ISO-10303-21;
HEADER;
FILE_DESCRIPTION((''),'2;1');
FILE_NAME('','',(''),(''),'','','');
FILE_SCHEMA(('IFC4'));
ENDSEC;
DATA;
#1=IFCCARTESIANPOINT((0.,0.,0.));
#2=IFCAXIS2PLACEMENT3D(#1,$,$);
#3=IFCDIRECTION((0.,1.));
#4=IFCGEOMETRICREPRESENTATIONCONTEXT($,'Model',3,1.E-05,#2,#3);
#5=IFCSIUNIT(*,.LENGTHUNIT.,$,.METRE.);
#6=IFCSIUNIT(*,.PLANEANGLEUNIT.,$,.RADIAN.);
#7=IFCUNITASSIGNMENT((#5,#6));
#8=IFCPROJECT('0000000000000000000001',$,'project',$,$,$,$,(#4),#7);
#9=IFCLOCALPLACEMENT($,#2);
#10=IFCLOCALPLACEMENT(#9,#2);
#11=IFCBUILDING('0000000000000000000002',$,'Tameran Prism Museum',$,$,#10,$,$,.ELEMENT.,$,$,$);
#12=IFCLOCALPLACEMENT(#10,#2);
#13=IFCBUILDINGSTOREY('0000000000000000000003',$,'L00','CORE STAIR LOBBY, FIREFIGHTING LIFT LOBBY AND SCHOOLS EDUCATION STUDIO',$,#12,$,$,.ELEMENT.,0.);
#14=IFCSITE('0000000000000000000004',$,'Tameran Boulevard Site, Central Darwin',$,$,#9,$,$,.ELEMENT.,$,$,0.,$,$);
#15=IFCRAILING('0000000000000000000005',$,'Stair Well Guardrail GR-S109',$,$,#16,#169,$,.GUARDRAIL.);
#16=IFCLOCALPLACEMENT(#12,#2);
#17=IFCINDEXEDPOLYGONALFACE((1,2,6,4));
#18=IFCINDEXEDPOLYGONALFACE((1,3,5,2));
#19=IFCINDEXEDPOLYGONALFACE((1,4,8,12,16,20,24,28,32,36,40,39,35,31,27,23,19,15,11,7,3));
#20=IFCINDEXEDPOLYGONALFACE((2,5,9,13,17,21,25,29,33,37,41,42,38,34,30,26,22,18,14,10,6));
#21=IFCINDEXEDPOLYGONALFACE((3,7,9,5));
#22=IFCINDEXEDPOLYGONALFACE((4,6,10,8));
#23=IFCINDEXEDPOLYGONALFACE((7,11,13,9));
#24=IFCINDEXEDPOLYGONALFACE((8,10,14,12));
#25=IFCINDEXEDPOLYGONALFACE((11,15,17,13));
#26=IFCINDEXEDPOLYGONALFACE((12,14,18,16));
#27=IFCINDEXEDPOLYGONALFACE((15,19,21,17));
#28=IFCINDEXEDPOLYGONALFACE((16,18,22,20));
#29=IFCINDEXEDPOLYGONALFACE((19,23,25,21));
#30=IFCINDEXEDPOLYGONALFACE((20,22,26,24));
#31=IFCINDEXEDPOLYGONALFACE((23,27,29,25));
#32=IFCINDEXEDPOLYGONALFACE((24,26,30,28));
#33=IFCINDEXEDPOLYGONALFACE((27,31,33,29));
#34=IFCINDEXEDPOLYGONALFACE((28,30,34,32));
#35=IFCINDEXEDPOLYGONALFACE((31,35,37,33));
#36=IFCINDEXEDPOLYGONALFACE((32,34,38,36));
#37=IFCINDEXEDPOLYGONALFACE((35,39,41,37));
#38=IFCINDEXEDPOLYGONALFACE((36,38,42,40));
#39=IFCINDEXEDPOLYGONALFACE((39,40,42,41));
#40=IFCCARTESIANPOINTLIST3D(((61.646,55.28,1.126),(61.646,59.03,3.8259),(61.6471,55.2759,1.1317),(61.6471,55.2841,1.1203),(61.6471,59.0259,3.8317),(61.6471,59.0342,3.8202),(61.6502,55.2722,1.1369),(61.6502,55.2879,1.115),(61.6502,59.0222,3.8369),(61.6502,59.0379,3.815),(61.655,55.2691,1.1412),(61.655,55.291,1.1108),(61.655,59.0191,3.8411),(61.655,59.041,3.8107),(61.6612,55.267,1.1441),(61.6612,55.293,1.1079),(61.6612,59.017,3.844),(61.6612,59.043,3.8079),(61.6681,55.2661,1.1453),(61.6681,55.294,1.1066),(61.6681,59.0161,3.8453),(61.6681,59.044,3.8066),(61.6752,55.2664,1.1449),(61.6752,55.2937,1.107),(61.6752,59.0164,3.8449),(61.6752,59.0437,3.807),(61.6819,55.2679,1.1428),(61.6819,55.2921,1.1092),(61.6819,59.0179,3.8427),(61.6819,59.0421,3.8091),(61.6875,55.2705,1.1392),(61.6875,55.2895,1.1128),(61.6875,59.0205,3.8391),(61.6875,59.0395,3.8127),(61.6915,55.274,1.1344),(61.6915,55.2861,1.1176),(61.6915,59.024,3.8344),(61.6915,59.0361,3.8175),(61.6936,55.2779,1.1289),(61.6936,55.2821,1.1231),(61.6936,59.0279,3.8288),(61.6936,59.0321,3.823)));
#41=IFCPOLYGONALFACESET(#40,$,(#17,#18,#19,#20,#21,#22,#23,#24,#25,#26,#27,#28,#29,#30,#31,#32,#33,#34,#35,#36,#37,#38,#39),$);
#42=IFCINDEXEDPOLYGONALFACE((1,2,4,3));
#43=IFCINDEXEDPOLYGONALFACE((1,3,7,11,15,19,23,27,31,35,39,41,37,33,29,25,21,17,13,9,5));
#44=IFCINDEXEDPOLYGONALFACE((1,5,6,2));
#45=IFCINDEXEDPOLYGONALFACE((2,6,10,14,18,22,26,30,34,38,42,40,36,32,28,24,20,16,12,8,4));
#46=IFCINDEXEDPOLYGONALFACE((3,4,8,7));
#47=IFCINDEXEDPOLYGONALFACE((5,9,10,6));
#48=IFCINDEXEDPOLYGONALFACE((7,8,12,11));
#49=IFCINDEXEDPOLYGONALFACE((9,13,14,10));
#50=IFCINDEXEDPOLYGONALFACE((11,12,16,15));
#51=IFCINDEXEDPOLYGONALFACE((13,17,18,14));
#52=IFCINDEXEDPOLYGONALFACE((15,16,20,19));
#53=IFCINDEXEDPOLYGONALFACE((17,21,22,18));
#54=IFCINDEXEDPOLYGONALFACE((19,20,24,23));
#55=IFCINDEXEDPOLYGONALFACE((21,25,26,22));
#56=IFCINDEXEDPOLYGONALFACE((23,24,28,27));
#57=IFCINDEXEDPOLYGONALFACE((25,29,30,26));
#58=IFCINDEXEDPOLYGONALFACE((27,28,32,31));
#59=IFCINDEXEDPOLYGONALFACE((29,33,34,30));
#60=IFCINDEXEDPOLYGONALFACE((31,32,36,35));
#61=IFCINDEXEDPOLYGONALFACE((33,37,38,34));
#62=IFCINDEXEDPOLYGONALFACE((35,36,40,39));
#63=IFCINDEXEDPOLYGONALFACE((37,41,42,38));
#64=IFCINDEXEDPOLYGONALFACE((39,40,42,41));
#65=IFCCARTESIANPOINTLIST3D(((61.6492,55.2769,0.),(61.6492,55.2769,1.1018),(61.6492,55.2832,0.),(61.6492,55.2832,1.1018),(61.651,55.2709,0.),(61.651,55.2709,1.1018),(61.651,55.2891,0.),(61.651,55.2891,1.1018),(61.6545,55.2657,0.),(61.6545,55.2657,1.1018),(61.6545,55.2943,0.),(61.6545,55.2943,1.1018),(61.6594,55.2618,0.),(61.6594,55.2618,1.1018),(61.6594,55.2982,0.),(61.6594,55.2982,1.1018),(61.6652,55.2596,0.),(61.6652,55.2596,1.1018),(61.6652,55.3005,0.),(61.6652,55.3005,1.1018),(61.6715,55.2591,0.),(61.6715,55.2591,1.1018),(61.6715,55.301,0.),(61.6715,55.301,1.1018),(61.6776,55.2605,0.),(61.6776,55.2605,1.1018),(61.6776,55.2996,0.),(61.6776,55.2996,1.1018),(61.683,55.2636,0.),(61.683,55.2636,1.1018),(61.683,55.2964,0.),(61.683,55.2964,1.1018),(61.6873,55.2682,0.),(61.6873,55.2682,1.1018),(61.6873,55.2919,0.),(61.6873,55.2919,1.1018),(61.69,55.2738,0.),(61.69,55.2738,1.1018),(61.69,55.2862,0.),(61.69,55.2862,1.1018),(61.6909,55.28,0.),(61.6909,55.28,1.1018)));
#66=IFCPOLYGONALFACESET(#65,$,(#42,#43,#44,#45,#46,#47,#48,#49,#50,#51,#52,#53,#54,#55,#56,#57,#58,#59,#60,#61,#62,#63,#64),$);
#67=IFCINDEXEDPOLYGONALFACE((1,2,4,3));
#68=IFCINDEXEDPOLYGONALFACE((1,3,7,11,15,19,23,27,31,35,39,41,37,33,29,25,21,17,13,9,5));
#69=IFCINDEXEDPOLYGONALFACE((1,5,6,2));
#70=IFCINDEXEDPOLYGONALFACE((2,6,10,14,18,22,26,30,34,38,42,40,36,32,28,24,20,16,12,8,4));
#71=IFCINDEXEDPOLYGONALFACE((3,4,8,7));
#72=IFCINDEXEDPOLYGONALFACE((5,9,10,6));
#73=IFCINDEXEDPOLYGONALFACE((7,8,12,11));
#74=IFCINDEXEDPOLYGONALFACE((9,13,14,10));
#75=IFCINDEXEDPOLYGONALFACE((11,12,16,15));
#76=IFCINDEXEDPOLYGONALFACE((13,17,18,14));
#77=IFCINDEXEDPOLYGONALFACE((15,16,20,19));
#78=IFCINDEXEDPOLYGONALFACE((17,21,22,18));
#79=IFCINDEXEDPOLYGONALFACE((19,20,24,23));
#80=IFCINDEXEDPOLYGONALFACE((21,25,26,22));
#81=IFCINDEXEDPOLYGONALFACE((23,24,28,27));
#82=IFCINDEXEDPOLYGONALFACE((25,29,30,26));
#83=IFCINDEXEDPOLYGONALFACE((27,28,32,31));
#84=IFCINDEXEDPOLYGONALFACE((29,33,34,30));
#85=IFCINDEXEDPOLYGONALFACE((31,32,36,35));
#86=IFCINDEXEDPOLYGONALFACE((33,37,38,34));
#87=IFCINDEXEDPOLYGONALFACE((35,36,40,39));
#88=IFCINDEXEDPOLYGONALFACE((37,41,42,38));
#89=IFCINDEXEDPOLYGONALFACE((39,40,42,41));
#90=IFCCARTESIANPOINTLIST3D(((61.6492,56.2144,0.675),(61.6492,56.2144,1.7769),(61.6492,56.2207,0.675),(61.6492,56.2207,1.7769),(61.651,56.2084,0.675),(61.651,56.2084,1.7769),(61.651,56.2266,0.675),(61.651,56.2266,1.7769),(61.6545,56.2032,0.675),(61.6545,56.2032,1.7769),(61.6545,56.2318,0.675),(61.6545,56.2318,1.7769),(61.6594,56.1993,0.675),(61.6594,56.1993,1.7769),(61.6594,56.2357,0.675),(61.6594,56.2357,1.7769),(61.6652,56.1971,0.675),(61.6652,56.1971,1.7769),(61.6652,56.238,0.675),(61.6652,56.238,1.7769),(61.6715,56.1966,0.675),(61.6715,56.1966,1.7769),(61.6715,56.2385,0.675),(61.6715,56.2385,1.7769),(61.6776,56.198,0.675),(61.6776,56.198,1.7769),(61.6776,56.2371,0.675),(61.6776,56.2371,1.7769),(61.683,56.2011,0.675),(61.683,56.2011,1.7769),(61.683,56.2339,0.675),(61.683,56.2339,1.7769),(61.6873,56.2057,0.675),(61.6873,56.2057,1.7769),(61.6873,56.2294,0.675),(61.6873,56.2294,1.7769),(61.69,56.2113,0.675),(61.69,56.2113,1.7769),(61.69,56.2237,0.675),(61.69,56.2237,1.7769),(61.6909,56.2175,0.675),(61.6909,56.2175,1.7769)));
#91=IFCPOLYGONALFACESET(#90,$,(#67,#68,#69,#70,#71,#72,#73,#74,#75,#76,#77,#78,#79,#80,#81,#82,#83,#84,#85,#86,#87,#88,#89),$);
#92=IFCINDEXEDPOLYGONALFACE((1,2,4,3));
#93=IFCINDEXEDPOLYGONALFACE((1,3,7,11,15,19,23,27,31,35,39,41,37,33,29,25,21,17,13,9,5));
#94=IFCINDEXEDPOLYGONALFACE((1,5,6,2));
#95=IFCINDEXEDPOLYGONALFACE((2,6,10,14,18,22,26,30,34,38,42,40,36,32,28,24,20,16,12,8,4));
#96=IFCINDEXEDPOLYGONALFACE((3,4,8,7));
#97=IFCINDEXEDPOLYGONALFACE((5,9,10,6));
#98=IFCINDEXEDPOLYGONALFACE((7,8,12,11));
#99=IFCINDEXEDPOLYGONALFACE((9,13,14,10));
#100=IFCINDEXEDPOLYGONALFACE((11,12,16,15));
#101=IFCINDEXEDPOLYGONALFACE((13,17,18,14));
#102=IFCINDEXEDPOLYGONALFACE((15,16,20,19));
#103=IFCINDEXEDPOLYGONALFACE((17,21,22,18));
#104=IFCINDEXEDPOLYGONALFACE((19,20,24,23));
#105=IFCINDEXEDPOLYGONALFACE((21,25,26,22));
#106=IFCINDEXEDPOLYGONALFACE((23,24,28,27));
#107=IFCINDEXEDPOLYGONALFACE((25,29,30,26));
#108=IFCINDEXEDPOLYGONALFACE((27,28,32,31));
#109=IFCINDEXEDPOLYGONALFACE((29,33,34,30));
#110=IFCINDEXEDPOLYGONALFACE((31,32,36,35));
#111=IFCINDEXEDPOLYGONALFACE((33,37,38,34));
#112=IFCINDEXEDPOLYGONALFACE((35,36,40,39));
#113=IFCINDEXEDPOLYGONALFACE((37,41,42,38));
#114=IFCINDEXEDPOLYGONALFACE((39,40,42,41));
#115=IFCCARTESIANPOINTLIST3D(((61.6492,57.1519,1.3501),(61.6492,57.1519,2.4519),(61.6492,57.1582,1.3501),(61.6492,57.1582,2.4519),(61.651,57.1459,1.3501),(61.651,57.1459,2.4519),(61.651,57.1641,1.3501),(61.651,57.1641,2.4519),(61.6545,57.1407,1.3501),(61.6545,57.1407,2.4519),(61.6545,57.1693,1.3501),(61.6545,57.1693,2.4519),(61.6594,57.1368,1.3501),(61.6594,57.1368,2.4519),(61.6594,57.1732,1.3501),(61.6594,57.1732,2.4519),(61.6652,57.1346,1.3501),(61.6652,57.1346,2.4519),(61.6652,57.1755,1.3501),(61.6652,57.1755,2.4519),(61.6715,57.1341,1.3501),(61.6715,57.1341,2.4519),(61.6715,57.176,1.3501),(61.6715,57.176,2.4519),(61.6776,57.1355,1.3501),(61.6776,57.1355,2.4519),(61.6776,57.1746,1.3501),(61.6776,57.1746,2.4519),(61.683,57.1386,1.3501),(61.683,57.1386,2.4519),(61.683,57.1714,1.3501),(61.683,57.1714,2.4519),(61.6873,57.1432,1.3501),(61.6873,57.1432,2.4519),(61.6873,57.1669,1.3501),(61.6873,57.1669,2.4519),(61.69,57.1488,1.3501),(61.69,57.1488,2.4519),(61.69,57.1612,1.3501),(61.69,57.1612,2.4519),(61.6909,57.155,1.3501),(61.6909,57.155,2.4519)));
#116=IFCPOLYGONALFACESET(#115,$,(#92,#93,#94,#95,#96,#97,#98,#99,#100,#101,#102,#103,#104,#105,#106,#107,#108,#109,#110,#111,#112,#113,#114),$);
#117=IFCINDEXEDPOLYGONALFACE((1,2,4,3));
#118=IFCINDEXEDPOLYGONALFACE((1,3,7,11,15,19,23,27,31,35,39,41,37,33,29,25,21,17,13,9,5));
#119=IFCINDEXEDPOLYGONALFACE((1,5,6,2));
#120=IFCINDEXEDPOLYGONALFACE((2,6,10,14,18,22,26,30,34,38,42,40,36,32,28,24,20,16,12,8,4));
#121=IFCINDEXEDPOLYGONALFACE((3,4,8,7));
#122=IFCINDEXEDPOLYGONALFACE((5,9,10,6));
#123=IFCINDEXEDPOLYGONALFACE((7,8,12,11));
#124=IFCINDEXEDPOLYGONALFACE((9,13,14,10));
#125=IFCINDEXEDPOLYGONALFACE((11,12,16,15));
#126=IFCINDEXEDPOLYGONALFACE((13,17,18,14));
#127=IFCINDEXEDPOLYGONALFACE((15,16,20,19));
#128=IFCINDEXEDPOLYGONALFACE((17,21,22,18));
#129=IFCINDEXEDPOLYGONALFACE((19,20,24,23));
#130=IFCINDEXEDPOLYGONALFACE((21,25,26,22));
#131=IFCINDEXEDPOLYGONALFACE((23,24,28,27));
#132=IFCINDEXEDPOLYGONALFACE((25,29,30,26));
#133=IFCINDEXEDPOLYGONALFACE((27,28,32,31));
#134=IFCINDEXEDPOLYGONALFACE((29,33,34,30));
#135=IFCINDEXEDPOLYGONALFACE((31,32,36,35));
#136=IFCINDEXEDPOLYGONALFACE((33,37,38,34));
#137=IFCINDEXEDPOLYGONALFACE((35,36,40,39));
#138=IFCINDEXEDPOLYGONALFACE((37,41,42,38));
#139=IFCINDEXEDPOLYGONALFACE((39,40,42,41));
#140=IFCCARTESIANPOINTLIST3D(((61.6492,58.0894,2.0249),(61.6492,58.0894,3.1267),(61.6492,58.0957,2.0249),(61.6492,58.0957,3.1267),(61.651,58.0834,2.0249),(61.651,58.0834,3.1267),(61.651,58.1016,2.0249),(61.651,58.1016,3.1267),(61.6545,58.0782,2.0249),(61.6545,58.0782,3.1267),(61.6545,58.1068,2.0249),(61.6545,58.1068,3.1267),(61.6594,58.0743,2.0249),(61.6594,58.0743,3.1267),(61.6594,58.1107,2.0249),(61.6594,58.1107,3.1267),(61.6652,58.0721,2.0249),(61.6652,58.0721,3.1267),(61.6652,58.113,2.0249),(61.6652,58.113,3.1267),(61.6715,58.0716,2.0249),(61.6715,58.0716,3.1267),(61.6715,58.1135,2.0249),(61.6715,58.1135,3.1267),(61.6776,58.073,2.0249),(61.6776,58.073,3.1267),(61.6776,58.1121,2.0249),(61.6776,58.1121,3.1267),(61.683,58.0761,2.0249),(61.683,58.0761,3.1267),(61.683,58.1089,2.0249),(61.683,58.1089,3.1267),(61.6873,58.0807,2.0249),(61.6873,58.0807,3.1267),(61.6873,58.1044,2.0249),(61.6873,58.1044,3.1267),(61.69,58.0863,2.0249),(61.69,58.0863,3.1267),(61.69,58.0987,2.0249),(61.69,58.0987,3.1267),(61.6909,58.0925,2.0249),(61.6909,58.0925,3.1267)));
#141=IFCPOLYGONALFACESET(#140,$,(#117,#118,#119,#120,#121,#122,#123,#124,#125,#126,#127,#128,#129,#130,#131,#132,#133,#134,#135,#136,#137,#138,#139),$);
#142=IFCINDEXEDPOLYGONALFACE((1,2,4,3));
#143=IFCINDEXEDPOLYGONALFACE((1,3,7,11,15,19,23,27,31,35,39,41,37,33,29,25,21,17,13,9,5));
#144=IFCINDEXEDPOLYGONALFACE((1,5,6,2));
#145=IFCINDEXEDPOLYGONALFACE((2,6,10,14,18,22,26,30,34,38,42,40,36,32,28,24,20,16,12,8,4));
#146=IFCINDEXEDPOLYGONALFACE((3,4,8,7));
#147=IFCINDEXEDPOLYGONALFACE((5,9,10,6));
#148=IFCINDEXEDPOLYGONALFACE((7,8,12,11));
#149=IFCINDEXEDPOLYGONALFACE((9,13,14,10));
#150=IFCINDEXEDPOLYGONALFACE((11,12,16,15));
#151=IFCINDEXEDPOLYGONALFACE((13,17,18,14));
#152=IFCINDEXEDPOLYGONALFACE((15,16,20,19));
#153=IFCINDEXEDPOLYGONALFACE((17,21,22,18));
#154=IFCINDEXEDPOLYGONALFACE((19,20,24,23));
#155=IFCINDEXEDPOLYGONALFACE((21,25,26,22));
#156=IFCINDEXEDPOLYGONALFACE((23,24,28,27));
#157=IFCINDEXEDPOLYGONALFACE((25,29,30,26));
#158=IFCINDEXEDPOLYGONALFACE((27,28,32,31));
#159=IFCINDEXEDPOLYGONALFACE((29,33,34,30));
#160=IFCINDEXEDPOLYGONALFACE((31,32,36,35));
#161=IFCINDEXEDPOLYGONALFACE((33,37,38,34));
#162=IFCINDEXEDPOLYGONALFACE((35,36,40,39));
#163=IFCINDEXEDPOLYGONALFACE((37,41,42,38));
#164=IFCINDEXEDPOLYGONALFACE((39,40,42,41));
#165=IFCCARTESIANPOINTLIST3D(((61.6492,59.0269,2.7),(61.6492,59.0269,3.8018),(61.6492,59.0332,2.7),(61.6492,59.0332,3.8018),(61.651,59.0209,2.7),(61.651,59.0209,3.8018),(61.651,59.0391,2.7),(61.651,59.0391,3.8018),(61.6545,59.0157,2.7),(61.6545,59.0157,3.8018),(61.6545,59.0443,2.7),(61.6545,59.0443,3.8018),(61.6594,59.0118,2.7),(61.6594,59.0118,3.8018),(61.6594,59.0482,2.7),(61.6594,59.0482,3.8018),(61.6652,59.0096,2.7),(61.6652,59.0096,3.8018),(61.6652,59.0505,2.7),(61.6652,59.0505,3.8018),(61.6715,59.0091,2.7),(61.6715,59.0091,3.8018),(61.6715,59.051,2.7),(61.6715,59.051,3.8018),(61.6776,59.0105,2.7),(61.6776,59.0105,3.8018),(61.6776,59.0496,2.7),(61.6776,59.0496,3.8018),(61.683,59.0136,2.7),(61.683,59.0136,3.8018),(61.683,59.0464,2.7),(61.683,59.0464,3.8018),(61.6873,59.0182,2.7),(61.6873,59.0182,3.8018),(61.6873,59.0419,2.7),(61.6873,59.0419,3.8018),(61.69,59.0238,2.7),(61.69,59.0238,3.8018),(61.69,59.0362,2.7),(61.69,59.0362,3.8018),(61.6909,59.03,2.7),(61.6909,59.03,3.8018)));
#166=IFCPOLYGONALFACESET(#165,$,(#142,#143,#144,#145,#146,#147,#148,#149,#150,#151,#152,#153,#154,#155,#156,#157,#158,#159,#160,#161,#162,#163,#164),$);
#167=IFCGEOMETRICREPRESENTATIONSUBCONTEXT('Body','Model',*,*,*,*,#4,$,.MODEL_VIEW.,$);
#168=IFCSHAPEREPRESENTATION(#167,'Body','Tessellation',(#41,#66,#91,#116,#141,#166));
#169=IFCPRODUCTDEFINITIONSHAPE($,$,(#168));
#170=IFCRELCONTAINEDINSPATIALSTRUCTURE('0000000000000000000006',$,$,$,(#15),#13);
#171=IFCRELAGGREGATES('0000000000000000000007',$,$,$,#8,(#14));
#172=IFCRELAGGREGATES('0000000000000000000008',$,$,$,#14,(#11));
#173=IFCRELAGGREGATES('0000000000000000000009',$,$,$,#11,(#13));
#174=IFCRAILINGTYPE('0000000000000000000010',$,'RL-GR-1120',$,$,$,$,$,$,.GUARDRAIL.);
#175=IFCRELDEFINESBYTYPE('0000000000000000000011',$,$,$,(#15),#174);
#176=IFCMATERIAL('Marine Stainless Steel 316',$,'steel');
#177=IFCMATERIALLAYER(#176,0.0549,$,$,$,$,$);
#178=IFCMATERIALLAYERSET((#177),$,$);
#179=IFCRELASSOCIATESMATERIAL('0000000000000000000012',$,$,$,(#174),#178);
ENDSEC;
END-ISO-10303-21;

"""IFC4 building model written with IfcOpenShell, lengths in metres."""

from ifc_helpers import new_model, si_unit, direction, frame, origin, origin_2d, place, context, subcontext, project, spatial, circle, extrude, material, layer, layer_set, type_object, element, save


model = new_model("IFC4")

# Units and contexts
model_context = context("Model", 3, precision=1e-05, world=origin(), true_north=direction((0.0, 1.0)))
body_context = subcontext(model_context, "Body", "Model", "MODEL_VIEW")
ifc_project = project(units=[si_unit("LENGTHUNIT", "METRE"), si_unit("PLANEANGLEUNIT", "RADIAN")], contexts=[model_context])

# Site, building, storey
site_placement = place(None, origin())
site = spatial("IfcSite", under=ifc_project, at=site_placement, Name="Tameran Boulevard Site, Central Darwin", CompositionType="ELEMENT", RefElevation=0.0)
building_placement = place(site_placement, origin())
building = spatial("IfcBuilding", under=site, at=building_placement, Name="Tameran Prism Museum", CompositionType="ELEMENT")
storey_placement = place(building_placement, origin())
storey = spatial("IfcBuildingStorey", under=building, at=storey_placement, Name="L00", Description="CORE STAIR LOBBY, FIREFIGHTING LIFT LOBBY AND SCHOOLS EDUCATION STUDIO", CompositionType="ELEMENT", Elevation=0.0)

# Railing
ifc_material_1 = material(Name="Marine Stainless Steel 316", Category="steel")
ifc_layer_1 = layer(ifc_material_1, 0.0549)
ifc_layer_set_1 = layer_set([ifc_layer_1])
railing_type_1 = type_object("IfcRailingType", Name="RL-GR-1120", PredefinedType="GUARDRAIL", material=ifc_layer_set_1)
railing_1_placement = place(storey_placement, frame((61.6699, 55.28, 0.0)))
element("IfcRailing", 1, at=railing_1_placement, inside=storey, type_object=railing_type_1, Name="Stair Well Guardrail GR-S109", PredefinedType="GUARDRAIL", context=body_context, shape_type="SweptSolid", body=[
    extrude(circle(Radius=0.0239, at=origin_2d()), frame((0.0, 0.0, 1.126), z_axis=(0.0, 0.811539, 0.584298), x_axis=(-1.0, 0.0, 0.0)), (0.0, 0.0, 1.0), 4.6208),
    extrude(circle(Radius=0.021, at=origin_2d()), origin(), (0.0, 0.0, 1.0), 1.1018),
    extrude(circle(Radius=0.021, at=origin_2d()), frame((0.0, 0.9375, 0.675)), (0.0, 0.0, 1.0), 1.1018),
    extrude(circle(Radius=0.021, at=origin_2d()), frame((0.0, 1.875, 1.3501)), (0.0, 0.0, 1.0), 1.1018),
    extrude(circle(Radius=0.021, at=origin_2d()), frame((0.0, 2.8125, 2.0249)), (0.0, 0.0, 1.0), 1.1018),
    extrude(circle(Radius=0.021, at=origin_2d()), frame((0.0, 3.75, 2.7)), (0.0, 0.0, 1.0), 1.1018),
])

save(model, "model.ifc")
